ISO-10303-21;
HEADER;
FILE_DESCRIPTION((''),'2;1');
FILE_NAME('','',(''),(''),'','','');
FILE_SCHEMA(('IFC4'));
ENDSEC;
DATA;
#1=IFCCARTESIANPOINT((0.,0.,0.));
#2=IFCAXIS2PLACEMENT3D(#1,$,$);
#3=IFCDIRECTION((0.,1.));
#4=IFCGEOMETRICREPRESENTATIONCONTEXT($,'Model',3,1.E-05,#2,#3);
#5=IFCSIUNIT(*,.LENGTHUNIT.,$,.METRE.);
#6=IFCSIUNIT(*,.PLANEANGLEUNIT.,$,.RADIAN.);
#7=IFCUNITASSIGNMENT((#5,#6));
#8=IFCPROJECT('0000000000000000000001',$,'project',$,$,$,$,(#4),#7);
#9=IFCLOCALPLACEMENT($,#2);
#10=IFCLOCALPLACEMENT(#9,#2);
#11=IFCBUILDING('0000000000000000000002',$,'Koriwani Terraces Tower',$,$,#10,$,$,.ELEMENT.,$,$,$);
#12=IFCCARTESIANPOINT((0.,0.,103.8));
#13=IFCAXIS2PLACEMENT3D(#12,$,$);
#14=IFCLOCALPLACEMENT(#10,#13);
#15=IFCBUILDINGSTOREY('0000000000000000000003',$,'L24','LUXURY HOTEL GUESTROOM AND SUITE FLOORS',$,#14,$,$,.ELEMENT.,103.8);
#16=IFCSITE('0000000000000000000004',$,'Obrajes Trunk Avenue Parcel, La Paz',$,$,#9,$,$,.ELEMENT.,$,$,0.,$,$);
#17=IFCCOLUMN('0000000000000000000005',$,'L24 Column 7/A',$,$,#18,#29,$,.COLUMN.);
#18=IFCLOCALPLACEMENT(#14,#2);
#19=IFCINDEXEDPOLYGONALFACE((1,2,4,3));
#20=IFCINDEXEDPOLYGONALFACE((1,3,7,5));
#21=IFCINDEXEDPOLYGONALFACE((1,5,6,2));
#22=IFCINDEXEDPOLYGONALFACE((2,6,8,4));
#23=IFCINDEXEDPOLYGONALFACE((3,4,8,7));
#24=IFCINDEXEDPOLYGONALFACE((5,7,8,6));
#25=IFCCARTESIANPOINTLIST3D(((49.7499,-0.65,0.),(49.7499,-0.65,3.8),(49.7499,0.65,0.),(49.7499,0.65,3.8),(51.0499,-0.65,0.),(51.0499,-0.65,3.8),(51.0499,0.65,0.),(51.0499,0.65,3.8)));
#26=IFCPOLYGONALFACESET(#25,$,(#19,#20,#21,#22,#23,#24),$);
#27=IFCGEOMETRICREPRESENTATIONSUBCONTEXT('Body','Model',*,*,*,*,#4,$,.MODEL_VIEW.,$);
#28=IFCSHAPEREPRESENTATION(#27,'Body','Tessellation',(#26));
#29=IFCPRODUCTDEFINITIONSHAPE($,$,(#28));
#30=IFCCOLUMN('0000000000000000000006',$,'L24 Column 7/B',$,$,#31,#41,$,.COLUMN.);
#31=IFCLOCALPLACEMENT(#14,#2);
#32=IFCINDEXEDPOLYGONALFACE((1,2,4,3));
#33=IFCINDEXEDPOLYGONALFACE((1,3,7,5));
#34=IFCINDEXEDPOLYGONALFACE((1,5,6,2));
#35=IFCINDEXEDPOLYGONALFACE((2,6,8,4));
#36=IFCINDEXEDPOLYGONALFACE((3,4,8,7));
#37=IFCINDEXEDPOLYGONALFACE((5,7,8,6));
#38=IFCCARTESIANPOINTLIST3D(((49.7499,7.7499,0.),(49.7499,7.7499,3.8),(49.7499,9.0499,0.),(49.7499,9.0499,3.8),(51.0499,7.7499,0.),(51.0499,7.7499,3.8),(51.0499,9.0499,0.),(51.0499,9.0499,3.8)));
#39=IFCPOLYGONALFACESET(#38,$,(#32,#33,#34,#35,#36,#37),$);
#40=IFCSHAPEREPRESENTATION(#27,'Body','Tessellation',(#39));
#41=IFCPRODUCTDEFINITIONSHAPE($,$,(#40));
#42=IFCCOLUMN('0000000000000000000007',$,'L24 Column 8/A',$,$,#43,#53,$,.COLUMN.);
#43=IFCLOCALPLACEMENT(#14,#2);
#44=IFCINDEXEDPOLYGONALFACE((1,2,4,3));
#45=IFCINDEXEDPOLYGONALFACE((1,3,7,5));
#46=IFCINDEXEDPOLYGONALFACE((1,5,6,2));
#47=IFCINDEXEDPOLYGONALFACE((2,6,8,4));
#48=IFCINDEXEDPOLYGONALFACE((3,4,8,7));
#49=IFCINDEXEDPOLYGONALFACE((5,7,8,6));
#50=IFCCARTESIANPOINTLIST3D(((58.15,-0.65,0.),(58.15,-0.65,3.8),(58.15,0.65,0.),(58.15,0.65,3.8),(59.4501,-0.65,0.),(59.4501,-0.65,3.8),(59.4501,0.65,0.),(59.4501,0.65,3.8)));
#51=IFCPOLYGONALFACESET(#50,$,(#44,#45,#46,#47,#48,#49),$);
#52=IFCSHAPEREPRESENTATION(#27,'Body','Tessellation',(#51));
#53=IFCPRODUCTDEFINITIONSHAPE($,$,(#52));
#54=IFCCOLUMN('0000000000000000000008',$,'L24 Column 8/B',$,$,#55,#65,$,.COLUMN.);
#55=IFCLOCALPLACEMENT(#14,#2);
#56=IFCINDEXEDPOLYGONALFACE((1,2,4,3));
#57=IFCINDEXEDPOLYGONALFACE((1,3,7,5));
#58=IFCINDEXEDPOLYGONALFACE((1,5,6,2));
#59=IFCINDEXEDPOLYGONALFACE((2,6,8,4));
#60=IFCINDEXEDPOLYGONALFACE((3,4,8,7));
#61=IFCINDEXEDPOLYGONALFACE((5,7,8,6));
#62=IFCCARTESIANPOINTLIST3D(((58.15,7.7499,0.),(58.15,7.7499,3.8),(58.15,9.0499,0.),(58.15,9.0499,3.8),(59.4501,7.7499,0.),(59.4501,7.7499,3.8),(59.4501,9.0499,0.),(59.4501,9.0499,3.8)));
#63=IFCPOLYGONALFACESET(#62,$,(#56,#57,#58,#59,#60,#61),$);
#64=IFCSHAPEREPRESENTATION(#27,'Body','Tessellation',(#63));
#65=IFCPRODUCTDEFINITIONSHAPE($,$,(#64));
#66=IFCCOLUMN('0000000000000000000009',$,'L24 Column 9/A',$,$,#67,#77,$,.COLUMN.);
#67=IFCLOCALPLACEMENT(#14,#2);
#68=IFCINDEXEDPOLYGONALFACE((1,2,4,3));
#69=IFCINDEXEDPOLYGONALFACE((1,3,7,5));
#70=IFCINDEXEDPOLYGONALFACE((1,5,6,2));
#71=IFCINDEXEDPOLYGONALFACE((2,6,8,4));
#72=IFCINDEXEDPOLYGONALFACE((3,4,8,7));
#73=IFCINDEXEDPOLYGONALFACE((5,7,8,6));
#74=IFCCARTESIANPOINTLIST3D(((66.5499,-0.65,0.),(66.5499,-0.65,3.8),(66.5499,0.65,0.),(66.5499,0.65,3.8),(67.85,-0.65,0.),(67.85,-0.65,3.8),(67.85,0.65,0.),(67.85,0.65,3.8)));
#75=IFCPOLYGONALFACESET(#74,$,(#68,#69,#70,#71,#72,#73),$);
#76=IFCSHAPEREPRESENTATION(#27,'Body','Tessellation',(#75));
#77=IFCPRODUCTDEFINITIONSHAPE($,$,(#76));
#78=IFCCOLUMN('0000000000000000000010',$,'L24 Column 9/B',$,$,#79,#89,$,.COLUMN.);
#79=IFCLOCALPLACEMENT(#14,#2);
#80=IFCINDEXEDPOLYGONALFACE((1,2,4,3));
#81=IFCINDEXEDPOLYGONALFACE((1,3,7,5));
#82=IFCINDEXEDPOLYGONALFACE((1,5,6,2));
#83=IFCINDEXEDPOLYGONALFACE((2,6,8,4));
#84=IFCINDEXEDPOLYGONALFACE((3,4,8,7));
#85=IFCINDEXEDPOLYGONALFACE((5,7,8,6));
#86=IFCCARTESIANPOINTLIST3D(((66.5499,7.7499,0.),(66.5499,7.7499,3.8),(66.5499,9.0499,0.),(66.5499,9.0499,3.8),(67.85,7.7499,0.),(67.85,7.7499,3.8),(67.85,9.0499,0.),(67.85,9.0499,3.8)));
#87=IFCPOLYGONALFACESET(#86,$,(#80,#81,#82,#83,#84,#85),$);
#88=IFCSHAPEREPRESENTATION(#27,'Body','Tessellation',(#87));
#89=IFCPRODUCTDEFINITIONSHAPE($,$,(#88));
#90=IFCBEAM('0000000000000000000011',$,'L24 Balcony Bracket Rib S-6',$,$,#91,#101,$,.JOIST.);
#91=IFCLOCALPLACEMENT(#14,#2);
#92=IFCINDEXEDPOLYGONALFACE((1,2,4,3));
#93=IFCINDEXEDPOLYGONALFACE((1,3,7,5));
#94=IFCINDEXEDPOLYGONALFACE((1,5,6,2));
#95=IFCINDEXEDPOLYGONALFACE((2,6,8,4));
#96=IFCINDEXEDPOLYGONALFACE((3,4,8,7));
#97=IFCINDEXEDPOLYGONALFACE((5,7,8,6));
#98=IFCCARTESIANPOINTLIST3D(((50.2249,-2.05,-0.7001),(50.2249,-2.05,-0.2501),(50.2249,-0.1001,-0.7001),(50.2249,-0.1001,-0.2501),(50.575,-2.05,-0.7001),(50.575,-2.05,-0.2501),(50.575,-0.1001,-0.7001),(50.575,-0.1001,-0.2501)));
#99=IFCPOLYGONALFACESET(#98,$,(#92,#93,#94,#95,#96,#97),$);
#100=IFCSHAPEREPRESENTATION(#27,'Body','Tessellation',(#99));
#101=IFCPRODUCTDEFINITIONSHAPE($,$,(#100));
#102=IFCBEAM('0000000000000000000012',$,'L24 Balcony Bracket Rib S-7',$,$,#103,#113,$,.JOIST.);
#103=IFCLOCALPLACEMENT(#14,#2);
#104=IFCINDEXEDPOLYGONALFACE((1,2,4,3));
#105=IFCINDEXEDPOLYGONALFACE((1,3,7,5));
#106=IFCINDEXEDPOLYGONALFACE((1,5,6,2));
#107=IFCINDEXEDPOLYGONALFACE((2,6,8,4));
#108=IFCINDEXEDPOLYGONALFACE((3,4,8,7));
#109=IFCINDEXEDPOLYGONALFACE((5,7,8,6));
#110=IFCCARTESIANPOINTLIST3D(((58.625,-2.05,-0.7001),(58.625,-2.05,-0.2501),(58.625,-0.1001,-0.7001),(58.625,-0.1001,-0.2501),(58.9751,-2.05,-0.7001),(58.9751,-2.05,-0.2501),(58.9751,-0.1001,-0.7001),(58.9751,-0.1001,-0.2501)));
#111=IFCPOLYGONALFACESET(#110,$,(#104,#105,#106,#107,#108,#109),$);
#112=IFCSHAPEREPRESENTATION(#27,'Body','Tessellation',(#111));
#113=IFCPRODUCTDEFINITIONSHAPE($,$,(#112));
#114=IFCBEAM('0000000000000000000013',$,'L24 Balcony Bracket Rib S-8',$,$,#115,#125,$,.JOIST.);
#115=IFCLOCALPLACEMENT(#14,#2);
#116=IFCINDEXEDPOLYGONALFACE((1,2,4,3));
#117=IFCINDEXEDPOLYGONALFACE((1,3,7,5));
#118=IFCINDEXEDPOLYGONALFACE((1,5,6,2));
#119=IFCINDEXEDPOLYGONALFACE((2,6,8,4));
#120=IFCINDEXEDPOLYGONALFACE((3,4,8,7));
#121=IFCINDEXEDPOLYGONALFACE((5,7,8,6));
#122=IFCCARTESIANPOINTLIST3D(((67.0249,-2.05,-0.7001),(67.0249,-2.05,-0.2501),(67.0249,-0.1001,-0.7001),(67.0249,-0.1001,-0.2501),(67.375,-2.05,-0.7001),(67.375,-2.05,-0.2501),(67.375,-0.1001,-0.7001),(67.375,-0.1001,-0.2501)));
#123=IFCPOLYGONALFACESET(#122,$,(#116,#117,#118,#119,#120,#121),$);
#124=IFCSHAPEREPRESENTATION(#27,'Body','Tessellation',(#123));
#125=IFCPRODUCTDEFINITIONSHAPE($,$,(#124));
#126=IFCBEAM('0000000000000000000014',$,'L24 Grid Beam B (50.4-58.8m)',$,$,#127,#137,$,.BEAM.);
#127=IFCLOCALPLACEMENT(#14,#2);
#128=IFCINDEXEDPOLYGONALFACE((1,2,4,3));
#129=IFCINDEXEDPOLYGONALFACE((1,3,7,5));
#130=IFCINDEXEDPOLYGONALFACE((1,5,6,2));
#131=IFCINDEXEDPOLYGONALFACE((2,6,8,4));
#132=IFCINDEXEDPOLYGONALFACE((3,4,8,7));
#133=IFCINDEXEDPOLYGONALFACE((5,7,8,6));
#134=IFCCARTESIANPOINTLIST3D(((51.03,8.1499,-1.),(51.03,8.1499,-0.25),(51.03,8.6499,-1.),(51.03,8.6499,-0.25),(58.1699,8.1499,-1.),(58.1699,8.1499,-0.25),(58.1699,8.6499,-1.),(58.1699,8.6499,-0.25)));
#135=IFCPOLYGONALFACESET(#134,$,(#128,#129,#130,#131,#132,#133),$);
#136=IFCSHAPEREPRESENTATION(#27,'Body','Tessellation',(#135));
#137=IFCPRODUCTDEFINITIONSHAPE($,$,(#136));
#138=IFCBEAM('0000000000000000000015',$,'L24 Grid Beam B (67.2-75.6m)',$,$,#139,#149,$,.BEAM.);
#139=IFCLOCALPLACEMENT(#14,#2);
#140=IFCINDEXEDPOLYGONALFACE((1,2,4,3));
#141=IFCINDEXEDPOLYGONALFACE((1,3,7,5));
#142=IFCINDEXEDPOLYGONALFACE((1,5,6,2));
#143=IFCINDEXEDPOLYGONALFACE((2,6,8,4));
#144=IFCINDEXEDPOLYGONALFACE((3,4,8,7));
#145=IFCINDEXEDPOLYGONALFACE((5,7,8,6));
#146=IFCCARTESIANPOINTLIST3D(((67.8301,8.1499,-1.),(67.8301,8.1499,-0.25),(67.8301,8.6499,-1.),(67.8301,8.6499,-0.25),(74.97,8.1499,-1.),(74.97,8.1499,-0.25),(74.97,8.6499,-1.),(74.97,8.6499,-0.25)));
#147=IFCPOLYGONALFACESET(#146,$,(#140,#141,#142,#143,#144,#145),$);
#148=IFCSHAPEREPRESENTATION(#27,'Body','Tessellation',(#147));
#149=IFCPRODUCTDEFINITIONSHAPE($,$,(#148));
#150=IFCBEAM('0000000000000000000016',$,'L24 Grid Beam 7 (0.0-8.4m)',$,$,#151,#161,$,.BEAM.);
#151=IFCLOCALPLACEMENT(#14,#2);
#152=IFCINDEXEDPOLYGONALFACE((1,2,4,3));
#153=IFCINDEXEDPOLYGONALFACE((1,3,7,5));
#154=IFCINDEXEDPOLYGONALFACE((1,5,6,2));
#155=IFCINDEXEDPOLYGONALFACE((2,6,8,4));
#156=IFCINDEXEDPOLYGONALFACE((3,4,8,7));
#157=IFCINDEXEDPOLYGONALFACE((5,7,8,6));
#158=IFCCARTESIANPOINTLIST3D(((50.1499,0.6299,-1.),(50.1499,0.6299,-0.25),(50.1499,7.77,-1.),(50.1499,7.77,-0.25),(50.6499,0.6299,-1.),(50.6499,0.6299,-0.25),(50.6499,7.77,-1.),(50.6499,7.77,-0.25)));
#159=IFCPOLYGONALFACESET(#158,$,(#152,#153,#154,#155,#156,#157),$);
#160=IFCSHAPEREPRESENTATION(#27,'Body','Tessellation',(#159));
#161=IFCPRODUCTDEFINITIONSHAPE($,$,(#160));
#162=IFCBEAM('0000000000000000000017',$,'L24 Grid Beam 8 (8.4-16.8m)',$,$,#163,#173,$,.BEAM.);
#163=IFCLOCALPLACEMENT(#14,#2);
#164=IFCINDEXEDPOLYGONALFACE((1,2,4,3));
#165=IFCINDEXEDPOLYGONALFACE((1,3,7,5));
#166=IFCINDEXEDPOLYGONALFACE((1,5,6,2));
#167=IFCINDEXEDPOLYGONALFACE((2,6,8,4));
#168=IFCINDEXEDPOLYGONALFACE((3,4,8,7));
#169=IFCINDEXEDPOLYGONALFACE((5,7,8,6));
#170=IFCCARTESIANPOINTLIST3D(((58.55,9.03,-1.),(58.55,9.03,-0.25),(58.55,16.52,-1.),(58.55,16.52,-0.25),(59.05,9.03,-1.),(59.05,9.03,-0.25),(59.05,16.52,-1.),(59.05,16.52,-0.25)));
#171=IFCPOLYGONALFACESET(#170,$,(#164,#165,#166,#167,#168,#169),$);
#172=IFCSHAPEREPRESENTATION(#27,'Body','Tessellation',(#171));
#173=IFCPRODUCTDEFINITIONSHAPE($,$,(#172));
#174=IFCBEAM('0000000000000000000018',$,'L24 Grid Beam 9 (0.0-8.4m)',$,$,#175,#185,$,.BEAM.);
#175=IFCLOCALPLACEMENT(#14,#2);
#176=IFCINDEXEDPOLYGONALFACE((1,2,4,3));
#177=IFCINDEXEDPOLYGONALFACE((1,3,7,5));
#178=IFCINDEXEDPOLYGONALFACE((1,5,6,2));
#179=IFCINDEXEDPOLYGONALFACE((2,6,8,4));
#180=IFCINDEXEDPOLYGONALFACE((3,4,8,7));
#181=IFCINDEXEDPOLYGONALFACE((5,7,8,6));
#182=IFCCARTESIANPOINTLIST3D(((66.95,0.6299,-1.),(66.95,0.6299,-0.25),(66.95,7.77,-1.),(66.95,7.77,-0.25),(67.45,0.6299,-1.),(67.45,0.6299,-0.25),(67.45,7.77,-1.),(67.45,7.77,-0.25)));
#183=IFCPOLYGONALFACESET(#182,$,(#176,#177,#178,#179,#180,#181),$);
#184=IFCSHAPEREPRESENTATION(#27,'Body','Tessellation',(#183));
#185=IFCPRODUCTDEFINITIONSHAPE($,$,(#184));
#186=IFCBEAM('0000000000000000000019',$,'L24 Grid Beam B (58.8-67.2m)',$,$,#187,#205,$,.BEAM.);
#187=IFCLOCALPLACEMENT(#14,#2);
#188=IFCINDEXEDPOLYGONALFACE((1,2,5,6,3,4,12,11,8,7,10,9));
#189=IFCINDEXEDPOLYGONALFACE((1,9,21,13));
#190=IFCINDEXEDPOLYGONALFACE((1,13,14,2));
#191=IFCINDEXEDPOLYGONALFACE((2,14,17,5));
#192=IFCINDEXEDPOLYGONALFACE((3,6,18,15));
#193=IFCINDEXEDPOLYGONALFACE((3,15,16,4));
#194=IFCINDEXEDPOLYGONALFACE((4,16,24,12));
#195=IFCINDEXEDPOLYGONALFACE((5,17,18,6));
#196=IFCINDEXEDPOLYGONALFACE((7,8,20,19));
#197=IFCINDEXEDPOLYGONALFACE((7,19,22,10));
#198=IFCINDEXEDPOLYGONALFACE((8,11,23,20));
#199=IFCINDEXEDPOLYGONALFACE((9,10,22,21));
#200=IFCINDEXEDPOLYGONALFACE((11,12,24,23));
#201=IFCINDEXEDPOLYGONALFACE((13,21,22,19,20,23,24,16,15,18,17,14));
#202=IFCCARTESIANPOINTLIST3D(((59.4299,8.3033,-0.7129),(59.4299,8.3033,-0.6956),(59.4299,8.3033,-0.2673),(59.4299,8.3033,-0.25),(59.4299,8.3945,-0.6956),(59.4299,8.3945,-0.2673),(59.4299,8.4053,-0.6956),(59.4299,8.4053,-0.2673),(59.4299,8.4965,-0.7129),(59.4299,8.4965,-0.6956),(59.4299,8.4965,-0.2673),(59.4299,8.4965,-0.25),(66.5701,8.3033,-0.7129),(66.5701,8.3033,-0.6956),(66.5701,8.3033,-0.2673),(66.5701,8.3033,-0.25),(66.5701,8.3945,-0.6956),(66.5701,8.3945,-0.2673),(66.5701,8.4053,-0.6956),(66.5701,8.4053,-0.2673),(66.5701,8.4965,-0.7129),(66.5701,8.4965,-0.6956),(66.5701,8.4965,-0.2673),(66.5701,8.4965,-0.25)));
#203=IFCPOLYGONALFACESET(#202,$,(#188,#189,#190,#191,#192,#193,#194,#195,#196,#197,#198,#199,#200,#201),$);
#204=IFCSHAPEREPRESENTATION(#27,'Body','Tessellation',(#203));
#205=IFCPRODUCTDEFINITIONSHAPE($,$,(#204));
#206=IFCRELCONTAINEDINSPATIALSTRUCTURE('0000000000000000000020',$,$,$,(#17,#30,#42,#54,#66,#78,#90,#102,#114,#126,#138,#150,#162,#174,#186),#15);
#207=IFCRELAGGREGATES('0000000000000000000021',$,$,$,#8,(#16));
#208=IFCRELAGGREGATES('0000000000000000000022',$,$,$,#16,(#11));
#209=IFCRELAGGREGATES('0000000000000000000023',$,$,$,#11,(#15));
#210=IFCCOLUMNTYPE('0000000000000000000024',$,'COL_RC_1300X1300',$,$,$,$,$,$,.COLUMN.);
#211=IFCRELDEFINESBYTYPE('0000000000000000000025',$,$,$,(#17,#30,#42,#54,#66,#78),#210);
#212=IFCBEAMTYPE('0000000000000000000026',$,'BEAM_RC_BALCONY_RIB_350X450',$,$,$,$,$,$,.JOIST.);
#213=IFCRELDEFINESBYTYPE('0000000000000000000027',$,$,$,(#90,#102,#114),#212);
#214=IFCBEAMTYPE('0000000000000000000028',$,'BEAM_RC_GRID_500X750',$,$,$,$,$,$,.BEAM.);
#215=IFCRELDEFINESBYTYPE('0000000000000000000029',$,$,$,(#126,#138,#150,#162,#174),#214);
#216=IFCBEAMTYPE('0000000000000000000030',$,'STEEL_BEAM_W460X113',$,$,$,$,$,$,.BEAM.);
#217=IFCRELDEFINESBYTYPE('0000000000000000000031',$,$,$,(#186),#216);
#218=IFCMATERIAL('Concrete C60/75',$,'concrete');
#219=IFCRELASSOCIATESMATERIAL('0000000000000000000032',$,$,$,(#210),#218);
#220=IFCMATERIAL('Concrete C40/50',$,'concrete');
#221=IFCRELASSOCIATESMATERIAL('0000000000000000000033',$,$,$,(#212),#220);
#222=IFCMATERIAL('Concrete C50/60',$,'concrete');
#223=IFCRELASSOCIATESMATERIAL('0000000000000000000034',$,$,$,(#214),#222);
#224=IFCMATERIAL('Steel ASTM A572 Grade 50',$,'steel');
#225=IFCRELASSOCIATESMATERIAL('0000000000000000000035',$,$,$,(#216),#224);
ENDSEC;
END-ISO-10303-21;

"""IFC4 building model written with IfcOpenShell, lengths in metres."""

from ifc_helpers import new_model, si_unit, direction, frame, origin, origin_2d, place, context, subcontext, project, spatial, rectangle, i_section, extrude, material, material_profile, profile_set, type_object, element, save


model = new_model("IFC4")

# Units and contexts
model_context = context("Model", 3, precision=1e-05, world=origin(), true_north=direction((0.0, 1.0)))
body_context = subcontext(model_context, "Body", "Model", "MODEL_VIEW")
ifc_project = project(units=[si_unit("LENGTHUNIT", "METRE"), si_unit("PLANEANGLEUNIT", "RADIAN")], contexts=[model_context])

# Site, building, storey
site_placement = place(None, origin())
site = spatial("IfcSite", under=ifc_project, at=site_placement, Name="Obrajes Trunk Avenue Parcel, La Paz", CompositionType="ELEMENT", RefElevation=0.0)
building_placement = place(site_placement, origin())
building = spatial("IfcBuilding", under=site, at=building_placement, Name="Koriwani Terraces Tower", CompositionType="ELEMENT")
storey_placement = place(building_placement, frame((0.0, 0.0, 103.8)))
storey = spatial("IfcBuildingStorey", under=building, at=storey_placement, Name="L24", Description="LUXURY HOTEL GUESTROOM AND SUITE FLOORS", CompositionType="ELEMENT", Elevation=103.8)

# Columns
ifc_material_1 = material(Name="Concrete C60/75", Category="concrete")
ifc_material_profile_1 = material_profile(ifc_material_1, rectangle(XDim=1.3, YDim=1.3, at=origin_2d()), Name="Concrete C60/75", Category="LoadBearing")
ifc_profile_set_1 = profile_set([ifc_material_profile_1], Name="Concrete C60/75")
column_type = type_object("IfcColumnType", Name="COL_RC_1300X1300", PredefinedType="COLUMN", material=ifc_profile_set_1)
for number, where, z_axis, x_axis, name in (
    (1, (50.3999, 0.0, 0.0), (0.0, 0.0, 1.0), (1.0, 0.0, 0.0), "L24 Column 7/A"),
    (2, (50.3999, 8.3999, 0.0), (0.0, 0.0, 1.0), (1.0, 0.0, 0.0), "L24 Column 7/B"),
    (3, (58.8, 0.0, 0.0), (0.0, 0.0, 1.0), (1.0, 0.0, 0.0), "L24 Column 8/A"),
    (4, (58.8, 8.3999, 0.0), (0.0, 0.0, 1.0), (1.0, 0.0, 0.0), "L24 Column 8/B"),
    (5, (67.2, 0.0, 0.0), (0.0, 0.0, 1.0), (1.0, 0.0, 0.0), "L24 Column 9/A"),
    (6, (67.2, 8.3999, 0.0), (0.0, 0.0, 1.0), (1.0, 0.0, 0.0), "L24 Column 9/B"),
):
    element("IfcColumn", number, at=place(storey_placement, frame(where, z_axis=z_axis, x_axis=x_axis)), inside=storey, type_object=column_type, Name=name, PredefinedType="COLUMN", context=body_context, shape_type="SweptSolid", body=[
        extrude(rectangle(XDim=1.3, YDim=1.3, at=origin_2d()), origin(), (0.0, 0.0, 1.0), 3.8),
    ])

# Beams
ifc_material_2 = material(Name="Concrete C40/50", Category="concrete")
ifc_material_profile_2 = material_profile(ifc_material_2, rectangle(XDim=0.3501, YDim=0.45, at=origin_2d()), Name="Concrete C40/50", Category="LoadBearing")
ifc_profile_set_2 = profile_set([ifc_material_profile_2], Name="Concrete C40/50")
beam_type_1 = type_object("IfcBeamType", Name="BEAM_RC_BALCONY_RIB_350X450", PredefinedType="JOIST", material=ifc_profile_set_2)
for number, where, z_axis, x_axis, name in (
    (7, (50.3999, -2.05, -0.4751), (0.0, 1.0, 0.0), (-1.0, 0.0, 0.0), "L24 Balcony Bracket Rib S-6"),
    (8, (58.8, -2.05, -0.4751), (0.0, 1.0, 0.0), (-1.0, 0.0, 0.0), "L24 Balcony Bracket Rib S-7"),
    (9, (67.2, -2.05, -0.4751), (0.0, 1.0, 0.0), (-1.0, 0.0, 0.0), "L24 Balcony Bracket Rib S-8"),
):
    element("IfcBeam", number, at=place(storey_placement, frame(where, z_axis=z_axis, x_axis=x_axis)), inside=storey, type_object=beam_type_1, Name=name, PredefinedType="JOIST", context=body_context, shape_type="SweptSolid", body=[
        extrude(rectangle(XDim=0.3501, YDim=0.45, at=origin_2d()), origin(), (0.0, 0.0, 1.0), 1.95),
    ])
ifc_material_3 = material(Name="Concrete C50/60", Category="concrete")
ifc_material_profile_3 = material_profile(ifc_material_3, rectangle(XDim=0.5, YDim=0.75, at=origin_2d()), Name="Concrete C50/60", Category="LoadBearing")
ifc_profile_set_3 = profile_set([ifc_material_profile_3], Name="Concrete C50/60")
beam_type_2 = type_object("IfcBeamType", Name="BEAM_RC_GRID_500X750", PredefinedType="BEAM", material=ifc_profile_set_3)
for number, where, z_axis, x_axis, name in (
    (10, (51.03, 8.3999, -0.625), (1.0, 0.0, 0.0), (0.0, 1.0, 0.0), "L24 Grid Beam B (50.4-58.8m)"),
    (11, (67.8301, 8.3999, -0.625), (1.0, 0.0, 0.0), (0.0, 1.0, 0.0), "L24 Grid Beam B (67.2-75.6m)"),
):
    element("IfcBeam", number, at=place(storey_placement, frame(where, z_axis=z_axis, x_axis=x_axis)), inside=storey, type_object=beam_type_2, Name=name, PredefinedType="BEAM", context=body_context, shape_type="SweptSolid", body=[
        extrude(rectangle(XDim=0.5, YDim=0.75, at=origin_2d()), origin(), (0.0, 0.0, 1.0), 7.1399),
    ])
beam_1_placement = place(storey_placement, frame((50.3999, 0.6299, -0.625), z_axis=(0.0, 1.0, 0.0), x_axis=(-1.0, 0.0, 0.0)))
element("IfcBeam", 12, at=beam_1_placement, inside=storey, type_object=beam_type_2, Name="L24 Grid Beam 7 (0.0-8.4m)", PredefinedType="BEAM", context=body_context, shape_type="SweptSolid", body=[
    extrude(rectangle(XDim=0.5, YDim=0.75, at=origin_2d()), origin(), (0.0, 0.0, 1.0), 7.1401),
])
beam_2_placement = place(storey_placement, frame((58.8, 9.03, -0.625), z_axis=(0.0, 1.0, 0.0), x_axis=(-1.0, 0.0, 0.0)))
element("IfcBeam", 13, at=beam_2_placement, inside=storey, type_object=beam_type_2, Name="L24 Grid Beam 8 (8.4-16.8m)", PredefinedType="BEAM", context=body_context, shape_type="SweptSolid", body=[
    extrude(rectangle(XDim=0.5, YDim=0.75, at=origin_2d()), origin(), (0.0, 0.0, 1.0), 7.49),
])
beam_3_placement = place(storey_placement, frame((67.2, 0.6299, -0.625), z_axis=(0.0, 1.0, 0.0), x_axis=(-1.0, 0.0, 0.0)))
element("IfcBeam", 14, at=beam_3_placement, inside=storey, type_object=beam_type_2, Name="L24 Grid Beam 9 (0.0-8.4m)", PredefinedType="BEAM", context=body_context, shape_type="SweptSolid", body=[
    extrude(rectangle(XDim=0.5, YDim=0.75, at=origin_2d()), origin(), (0.0, 0.0, 1.0), 7.1401),
])
ifc_material_4 = material(Name="Steel ASTM A572 Grade 50", Category="steel")
ifc_material_profile_4 = material_profile(ifc_material_4, i_section(OverallWidth=0.1931, OverallDepth=0.4629, WebThickness=0.0107, FlangeThickness=0.0173, at=origin_2d()), Name="Steel ASTM A572 Grade 50", Category="LoadBearing")
ifc_profile_set_4 = profile_set([ifc_material_profile_4], Name="Steel ASTM A572 Grade 50")
beam_type_3 = type_object("IfcBeamType", Name="STEEL_BEAM_W460X113", PredefinedType="BEAM", material=ifc_profile_set_4)
for number, where, z_axis, x_axis, name in (
    (15, (59.4299, 8.3999, -0.4814), (1.0, 0.0, 0.0), (0.0, 1.0, 0.0), "L24 Grid Beam B (58.8-67.2m)"),
):
    element("IfcBeam", number, at=place(storey_placement, frame(where, z_axis=z_axis, x_axis=x_axis)), inside=storey, type_object=beam_type_3, Name=name, PredefinedType="BEAM", context=body_context, shape_type="SweptSolid", body=[
        extrude(i_section(OverallWidth=0.1931, OverallDepth=0.4629, WebThickness=0.0107, FlangeThickness=0.0173, at=origin_2d()), origin(), (0.0, 0.0, 1.0), 7.1401),
    ])

save(model, "model.ifc")
